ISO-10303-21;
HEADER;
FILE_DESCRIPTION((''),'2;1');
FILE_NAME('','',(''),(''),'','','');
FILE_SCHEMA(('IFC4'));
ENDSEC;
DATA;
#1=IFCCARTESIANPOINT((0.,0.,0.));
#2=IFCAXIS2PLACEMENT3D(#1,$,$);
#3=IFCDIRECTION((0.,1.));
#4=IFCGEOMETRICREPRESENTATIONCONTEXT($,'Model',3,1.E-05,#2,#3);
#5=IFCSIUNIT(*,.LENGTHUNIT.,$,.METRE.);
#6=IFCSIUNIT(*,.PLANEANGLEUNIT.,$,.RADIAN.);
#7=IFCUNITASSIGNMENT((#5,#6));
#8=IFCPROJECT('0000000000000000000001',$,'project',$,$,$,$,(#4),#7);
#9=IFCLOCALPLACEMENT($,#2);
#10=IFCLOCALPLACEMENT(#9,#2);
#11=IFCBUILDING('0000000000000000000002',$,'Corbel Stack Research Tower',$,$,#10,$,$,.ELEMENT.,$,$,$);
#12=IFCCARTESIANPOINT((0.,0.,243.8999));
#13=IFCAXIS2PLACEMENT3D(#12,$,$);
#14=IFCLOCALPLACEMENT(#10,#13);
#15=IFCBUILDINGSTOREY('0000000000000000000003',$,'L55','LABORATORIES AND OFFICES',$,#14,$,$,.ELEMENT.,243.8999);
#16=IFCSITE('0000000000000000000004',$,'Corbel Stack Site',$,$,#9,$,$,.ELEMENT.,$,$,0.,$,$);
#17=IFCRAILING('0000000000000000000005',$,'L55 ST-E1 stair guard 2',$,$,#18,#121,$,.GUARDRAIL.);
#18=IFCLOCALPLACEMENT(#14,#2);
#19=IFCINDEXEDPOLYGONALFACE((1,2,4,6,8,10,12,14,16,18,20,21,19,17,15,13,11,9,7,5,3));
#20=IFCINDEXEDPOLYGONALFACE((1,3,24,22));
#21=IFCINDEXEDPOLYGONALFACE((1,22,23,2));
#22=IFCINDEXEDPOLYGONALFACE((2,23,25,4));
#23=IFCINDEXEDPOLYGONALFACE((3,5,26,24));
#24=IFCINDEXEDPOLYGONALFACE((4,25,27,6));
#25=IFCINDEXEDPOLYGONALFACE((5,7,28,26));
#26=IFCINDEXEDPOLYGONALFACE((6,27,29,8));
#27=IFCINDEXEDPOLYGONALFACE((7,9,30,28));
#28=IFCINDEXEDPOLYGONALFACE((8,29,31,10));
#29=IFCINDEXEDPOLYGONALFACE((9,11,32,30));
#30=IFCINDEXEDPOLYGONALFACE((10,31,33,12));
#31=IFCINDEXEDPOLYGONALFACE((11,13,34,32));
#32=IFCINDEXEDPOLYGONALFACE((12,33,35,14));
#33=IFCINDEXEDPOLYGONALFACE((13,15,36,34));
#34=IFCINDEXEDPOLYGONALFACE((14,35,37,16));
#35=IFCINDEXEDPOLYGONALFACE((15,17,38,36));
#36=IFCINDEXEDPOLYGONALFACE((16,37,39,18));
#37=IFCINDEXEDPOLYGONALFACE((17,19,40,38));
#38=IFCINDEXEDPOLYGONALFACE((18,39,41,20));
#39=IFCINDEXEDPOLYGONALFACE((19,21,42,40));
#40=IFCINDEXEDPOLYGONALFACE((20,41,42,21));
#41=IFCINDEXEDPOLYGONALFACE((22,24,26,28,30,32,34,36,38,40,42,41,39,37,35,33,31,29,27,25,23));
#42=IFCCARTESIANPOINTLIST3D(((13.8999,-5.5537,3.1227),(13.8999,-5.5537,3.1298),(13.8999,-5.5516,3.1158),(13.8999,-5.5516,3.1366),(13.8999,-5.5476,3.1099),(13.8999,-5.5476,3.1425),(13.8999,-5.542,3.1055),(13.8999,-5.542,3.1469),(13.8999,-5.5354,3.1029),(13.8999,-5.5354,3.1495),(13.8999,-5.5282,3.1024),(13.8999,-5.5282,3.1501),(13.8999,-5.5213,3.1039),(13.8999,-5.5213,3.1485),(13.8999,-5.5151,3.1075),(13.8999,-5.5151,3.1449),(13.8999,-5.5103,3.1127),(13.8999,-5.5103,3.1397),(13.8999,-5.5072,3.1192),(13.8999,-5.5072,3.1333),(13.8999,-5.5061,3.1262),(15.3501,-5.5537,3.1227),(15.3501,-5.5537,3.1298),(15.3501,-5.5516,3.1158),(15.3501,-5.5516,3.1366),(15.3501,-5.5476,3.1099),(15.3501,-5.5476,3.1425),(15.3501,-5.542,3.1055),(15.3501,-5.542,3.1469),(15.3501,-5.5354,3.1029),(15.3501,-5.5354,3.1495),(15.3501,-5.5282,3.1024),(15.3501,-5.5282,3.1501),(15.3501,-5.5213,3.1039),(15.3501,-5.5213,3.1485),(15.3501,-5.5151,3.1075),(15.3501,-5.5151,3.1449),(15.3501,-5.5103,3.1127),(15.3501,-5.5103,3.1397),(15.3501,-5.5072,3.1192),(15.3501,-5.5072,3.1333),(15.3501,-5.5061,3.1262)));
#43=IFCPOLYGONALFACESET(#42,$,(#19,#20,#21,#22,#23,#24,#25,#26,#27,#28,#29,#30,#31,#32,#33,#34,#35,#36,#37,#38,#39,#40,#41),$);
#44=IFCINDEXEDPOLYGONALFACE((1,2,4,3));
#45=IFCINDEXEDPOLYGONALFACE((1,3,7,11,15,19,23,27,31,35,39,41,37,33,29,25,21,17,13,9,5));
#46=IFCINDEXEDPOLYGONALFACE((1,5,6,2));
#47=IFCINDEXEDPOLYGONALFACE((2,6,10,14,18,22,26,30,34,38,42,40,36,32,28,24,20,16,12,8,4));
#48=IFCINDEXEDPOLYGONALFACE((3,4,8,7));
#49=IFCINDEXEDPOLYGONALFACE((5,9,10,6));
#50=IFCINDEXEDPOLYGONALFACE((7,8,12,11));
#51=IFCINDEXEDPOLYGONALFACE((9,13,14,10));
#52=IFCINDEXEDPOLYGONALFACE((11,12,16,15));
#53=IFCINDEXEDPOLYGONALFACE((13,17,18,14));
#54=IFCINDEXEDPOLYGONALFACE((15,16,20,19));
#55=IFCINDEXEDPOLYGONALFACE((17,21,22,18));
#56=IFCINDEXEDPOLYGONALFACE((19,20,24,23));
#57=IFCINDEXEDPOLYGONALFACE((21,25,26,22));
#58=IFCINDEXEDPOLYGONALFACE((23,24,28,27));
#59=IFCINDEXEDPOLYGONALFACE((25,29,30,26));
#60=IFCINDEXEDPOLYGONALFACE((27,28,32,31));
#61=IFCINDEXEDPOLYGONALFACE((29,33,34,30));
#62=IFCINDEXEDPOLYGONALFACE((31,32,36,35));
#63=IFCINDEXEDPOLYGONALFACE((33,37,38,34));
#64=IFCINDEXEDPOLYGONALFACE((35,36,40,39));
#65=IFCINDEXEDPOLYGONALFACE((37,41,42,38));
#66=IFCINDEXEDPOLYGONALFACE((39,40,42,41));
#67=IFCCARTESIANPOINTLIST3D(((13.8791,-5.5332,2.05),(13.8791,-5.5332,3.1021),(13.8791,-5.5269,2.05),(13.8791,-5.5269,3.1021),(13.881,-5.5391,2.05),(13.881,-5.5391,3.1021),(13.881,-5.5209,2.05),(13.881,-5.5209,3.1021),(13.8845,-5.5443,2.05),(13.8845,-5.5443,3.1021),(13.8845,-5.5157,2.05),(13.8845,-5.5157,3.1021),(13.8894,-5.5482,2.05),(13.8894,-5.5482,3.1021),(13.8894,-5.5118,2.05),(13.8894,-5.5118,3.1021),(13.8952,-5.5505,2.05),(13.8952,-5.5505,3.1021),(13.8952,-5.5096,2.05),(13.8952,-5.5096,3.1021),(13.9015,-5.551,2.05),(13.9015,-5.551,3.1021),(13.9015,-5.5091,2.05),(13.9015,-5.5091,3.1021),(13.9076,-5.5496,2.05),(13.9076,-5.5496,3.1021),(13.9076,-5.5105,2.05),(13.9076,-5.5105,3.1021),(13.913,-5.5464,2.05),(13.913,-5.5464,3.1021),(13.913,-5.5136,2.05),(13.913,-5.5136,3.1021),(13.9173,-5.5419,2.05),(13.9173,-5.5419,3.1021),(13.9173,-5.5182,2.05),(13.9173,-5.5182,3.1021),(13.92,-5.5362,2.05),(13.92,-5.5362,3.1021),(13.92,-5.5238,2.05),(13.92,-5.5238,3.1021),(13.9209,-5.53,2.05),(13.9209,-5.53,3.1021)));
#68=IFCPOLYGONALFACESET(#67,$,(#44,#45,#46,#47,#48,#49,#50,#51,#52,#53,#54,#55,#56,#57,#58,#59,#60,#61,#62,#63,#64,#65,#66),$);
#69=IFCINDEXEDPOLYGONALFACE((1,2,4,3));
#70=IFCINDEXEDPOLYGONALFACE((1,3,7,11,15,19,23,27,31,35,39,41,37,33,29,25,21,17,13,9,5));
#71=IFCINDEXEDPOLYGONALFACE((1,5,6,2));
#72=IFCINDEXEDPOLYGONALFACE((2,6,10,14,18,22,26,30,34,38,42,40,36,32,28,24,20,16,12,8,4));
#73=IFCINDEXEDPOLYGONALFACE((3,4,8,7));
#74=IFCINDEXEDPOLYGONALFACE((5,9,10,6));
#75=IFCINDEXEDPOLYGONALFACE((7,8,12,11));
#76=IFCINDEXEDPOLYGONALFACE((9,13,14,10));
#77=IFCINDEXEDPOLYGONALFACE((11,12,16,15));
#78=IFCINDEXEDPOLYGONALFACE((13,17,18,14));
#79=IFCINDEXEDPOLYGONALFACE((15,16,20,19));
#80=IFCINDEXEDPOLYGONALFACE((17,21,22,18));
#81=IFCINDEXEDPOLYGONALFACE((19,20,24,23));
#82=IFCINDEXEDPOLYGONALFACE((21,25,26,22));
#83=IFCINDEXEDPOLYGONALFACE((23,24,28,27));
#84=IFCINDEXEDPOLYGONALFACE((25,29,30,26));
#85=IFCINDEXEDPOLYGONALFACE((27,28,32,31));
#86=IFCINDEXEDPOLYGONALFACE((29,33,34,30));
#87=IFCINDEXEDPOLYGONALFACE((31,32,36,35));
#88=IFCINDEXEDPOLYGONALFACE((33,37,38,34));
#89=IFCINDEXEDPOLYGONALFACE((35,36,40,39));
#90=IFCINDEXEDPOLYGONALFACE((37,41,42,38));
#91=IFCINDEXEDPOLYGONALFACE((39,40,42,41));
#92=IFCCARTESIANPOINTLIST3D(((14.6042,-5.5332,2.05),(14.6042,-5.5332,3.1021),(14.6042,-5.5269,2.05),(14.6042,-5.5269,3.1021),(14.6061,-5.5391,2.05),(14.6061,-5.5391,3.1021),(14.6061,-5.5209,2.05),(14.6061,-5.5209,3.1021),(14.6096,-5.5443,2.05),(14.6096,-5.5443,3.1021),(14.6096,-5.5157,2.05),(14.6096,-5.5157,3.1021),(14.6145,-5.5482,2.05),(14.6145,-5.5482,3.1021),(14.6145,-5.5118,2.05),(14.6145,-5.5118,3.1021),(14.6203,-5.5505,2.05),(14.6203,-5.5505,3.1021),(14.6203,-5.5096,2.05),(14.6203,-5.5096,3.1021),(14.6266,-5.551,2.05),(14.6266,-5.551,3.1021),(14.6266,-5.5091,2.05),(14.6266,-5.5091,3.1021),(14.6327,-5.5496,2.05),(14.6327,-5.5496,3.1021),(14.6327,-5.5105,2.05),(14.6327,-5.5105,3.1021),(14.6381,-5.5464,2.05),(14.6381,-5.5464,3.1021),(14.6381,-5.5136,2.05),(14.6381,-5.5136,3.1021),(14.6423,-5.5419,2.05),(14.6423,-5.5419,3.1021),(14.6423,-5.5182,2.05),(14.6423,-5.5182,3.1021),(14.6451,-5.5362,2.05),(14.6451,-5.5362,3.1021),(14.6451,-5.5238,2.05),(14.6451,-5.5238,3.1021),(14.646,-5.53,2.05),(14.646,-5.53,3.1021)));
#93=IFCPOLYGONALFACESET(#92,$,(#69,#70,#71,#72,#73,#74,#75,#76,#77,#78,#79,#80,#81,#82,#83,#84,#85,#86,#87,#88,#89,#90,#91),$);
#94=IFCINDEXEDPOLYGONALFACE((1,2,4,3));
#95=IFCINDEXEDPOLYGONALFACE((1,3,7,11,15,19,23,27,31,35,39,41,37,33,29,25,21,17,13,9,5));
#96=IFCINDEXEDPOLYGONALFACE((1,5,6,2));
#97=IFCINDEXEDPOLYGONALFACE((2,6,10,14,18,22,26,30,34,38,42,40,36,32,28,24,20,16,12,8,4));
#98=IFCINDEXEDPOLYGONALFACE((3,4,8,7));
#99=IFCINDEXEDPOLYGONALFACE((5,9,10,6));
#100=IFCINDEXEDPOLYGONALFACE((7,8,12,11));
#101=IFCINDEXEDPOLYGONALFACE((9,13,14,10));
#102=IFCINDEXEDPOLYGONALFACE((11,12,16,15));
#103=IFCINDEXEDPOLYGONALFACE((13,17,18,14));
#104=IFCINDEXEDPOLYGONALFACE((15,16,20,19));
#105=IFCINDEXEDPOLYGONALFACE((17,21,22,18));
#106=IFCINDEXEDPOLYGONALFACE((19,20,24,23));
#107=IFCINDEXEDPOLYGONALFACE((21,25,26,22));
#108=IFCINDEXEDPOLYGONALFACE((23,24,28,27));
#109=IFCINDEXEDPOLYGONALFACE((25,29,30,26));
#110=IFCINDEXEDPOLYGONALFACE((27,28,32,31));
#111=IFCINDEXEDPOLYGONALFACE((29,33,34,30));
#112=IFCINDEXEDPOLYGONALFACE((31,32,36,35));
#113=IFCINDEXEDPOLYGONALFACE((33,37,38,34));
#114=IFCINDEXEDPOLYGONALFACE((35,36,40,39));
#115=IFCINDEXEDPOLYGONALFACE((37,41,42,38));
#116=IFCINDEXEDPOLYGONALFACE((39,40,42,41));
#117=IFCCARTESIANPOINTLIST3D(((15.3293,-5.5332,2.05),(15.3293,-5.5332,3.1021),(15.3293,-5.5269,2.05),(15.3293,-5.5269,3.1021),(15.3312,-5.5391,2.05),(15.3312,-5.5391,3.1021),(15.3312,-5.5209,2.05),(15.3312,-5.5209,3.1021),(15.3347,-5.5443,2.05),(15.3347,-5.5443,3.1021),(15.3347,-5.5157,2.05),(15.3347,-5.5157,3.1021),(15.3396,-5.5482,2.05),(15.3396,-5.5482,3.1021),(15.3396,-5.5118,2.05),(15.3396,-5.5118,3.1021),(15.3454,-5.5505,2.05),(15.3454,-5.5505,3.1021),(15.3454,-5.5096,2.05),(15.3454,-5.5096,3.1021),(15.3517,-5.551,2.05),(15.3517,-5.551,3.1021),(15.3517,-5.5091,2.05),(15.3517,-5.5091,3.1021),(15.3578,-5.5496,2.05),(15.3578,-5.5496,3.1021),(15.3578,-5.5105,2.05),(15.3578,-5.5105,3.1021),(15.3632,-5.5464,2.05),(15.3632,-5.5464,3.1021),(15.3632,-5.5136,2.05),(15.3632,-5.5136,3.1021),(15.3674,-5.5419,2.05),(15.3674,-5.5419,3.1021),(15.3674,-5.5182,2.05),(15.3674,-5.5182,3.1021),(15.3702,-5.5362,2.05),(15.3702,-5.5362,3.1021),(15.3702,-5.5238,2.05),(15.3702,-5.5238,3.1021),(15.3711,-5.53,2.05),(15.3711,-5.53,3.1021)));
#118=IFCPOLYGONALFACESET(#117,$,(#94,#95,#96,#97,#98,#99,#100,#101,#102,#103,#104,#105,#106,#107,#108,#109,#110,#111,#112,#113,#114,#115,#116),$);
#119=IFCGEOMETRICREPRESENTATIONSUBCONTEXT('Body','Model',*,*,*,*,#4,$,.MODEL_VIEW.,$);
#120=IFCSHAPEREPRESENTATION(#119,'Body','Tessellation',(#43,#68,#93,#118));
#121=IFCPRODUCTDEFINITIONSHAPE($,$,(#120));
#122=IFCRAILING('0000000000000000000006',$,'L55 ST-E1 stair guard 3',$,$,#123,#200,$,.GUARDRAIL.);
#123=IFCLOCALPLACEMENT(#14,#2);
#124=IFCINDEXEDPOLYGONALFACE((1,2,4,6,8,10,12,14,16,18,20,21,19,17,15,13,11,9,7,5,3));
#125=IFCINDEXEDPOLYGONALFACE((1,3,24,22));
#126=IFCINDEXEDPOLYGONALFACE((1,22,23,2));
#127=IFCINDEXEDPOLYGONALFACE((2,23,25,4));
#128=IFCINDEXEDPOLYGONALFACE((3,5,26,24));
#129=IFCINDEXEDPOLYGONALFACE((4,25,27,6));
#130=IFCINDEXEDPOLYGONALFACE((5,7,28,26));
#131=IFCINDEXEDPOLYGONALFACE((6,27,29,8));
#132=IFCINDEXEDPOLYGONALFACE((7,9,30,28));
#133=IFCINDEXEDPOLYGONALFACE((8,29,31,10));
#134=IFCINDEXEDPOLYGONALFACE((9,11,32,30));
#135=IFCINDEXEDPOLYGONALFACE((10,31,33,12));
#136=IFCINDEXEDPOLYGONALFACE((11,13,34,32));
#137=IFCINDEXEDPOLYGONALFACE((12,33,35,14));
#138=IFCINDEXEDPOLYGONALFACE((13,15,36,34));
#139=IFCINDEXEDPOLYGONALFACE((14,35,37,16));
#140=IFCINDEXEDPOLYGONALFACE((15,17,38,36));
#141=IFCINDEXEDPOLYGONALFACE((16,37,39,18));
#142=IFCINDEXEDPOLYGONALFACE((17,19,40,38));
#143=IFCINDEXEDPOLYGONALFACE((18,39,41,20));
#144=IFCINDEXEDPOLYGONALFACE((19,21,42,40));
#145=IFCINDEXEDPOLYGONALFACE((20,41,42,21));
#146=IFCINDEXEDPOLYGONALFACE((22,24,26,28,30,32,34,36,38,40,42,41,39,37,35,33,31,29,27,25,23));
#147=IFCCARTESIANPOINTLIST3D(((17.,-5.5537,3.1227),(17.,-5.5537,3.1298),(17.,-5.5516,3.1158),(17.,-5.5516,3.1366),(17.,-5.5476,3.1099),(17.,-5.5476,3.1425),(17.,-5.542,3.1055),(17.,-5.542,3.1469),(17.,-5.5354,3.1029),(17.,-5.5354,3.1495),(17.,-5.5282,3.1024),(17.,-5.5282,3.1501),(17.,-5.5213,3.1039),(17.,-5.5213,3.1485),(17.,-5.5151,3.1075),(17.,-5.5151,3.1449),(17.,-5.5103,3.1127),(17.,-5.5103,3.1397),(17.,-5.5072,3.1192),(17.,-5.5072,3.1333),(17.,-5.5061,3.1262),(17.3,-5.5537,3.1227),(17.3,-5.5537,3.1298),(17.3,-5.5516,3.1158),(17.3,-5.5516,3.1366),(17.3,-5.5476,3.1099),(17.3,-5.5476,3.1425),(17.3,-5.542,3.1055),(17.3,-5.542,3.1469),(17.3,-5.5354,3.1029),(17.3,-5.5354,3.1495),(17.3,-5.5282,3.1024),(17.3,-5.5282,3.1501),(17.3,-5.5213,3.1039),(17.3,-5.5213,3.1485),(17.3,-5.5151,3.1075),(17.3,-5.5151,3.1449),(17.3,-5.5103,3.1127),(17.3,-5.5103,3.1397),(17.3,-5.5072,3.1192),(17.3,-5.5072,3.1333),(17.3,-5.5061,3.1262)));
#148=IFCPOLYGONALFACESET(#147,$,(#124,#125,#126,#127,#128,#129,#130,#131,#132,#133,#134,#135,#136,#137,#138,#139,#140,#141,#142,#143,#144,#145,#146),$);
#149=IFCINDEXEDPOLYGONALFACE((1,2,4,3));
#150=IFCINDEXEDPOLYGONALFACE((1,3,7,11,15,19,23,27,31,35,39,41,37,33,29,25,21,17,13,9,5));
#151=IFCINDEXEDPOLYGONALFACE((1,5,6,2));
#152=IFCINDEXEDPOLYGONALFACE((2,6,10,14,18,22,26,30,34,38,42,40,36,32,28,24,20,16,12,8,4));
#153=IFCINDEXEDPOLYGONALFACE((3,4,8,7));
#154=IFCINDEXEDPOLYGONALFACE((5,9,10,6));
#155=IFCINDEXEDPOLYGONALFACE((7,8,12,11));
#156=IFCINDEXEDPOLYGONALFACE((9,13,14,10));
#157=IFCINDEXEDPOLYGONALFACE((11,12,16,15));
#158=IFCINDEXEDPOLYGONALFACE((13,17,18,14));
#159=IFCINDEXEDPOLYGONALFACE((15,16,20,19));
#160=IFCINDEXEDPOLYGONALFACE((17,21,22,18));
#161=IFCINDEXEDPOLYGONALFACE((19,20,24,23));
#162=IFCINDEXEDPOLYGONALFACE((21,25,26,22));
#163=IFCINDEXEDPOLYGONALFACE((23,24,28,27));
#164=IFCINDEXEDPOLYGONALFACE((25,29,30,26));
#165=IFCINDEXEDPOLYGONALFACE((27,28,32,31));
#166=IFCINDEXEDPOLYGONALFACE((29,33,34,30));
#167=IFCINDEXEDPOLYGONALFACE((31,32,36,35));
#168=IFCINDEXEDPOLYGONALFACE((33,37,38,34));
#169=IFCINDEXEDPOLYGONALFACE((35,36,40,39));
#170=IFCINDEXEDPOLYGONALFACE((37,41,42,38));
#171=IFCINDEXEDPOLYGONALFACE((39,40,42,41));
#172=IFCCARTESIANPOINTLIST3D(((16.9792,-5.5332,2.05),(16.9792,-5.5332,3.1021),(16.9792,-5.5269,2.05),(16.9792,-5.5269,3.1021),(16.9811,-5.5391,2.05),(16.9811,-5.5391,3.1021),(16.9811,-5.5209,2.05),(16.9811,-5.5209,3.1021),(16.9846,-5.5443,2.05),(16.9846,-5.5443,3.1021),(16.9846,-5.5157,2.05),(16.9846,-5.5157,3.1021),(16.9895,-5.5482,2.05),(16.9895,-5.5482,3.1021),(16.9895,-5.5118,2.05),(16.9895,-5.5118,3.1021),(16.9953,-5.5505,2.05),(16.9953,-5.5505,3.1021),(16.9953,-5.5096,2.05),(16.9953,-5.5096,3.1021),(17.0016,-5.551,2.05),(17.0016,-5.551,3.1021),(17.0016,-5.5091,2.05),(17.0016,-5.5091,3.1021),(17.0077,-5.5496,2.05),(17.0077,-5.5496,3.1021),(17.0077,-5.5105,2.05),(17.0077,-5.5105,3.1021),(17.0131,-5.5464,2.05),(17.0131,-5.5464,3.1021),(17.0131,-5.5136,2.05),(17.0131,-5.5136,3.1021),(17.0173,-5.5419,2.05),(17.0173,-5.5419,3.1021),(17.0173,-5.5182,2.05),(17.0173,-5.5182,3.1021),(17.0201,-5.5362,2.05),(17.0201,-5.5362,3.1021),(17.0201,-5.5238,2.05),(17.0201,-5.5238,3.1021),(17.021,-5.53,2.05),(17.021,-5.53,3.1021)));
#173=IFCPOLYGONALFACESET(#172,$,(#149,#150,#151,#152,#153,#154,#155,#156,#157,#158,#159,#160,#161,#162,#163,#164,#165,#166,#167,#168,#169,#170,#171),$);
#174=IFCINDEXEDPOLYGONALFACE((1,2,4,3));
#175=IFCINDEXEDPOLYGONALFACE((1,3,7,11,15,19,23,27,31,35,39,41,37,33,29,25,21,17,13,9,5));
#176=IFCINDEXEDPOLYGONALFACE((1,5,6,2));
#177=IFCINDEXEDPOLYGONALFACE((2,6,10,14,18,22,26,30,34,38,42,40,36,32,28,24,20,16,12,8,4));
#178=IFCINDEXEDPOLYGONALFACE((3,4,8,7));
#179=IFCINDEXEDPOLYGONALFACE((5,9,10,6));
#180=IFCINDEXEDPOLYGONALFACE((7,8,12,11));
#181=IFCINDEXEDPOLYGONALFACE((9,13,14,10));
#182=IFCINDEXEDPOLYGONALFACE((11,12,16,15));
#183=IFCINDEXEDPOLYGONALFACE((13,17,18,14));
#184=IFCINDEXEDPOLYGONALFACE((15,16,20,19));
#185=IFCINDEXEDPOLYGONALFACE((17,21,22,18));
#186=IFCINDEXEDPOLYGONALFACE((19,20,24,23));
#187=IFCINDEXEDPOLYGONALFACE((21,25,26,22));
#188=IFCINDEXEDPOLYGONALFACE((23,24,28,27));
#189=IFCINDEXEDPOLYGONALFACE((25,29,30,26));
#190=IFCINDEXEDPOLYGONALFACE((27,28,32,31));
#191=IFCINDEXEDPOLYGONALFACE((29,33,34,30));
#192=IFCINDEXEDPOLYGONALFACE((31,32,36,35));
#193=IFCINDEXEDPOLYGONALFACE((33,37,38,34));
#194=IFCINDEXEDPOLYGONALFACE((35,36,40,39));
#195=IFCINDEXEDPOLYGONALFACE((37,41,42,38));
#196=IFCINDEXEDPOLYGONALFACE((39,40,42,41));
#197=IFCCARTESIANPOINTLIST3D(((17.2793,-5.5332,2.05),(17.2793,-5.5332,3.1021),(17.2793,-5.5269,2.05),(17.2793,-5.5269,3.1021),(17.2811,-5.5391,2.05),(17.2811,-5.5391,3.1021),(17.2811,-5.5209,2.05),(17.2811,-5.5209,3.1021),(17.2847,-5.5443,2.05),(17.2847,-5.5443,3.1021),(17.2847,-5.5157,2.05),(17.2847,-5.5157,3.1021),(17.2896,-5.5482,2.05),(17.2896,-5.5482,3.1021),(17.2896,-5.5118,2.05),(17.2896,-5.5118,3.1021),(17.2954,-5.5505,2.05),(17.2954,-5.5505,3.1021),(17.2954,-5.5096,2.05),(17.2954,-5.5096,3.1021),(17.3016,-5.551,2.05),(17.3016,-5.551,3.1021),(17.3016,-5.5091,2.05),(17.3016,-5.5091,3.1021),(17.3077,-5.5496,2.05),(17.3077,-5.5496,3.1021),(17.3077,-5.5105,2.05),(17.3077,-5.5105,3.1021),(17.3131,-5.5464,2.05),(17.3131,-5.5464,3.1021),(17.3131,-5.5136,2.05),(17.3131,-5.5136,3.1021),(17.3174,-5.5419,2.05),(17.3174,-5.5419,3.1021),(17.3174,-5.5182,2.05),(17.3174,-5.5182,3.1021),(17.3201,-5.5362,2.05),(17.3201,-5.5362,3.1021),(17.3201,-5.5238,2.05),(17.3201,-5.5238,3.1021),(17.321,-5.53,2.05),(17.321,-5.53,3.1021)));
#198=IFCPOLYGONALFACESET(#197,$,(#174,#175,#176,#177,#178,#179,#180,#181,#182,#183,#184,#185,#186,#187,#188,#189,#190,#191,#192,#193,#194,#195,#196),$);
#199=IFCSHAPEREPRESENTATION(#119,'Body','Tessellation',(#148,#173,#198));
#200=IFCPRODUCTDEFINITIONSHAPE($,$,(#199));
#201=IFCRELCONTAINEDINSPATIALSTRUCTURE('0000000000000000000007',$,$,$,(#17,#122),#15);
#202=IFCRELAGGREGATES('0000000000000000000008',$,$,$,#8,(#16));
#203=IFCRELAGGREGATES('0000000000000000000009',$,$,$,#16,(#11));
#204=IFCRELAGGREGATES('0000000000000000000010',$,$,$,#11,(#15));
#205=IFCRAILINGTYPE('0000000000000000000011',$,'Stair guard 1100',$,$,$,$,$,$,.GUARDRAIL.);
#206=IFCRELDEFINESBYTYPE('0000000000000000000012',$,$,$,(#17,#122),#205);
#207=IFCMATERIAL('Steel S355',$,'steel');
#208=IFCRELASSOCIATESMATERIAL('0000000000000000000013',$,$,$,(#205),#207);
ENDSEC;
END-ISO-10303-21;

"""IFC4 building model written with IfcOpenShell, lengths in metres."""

from ifc_helpers import new_model, si_unit, direction, frame, origin, origin_2d, place, context, subcontext, project, spatial, circle, extrude, material, type_object, element, save


model = new_model("IFC4")

# Units and contexts
model_context = context("Model", 3, precision=1e-05, world=origin(), true_north=direction((0.0, 1.0)))
body_context = subcontext(model_context, "Body", "Model", "MODEL_VIEW")
ifc_project = project(units=[si_unit("LENGTHUNIT", "METRE"), si_unit("PLANEANGLEUNIT", "RADIAN")], contexts=[model_context])

# Site, building, storey
site_placement = place(None, origin())
site = spatial("IfcSite", under=ifc_project, at=site_placement, Name="Corbel Stack Site", CompositionType="ELEMENT", RefElevation=0.0)
building_placement = place(site_placement, origin())
building = spatial("IfcBuilding", under=site, at=building_placement, Name="Corbel Stack Research Tower", CompositionType="ELEMENT")
storey_placement = place(building_placement, frame((0.0, 0.0, 243.8999)))
storey = spatial("IfcBuildingStorey", under=building, at=storey_placement, Name="L55", Description="LABORATORIES AND OFFICES", CompositionType="ELEMENT", Elevation=243.8999)

# Railings
ifc_material_1 = material(Name="Steel S355", Category="steel")
railing_type_1 = type_object("IfcRailingType", Name="Stair guard 1100", PredefinedType="GUARDRAIL", material=ifc_material_1)
railing_1_placement = place(storey_placement, frame((13.8999, -5.53, 2.05)))
element("IfcRailing", 1, at=railing_1_placement, inside=storey, type_object=railing_type_1, Name="L55 ST-E1 stair guard 2", PredefinedType="GUARDRAIL", context=body_context, shape_type="SweptSolid", body=[
    extrude(circle(Radius=0.0239, at=origin_2d()), frame((0.0, 0.0, 1.0762), z_axis=(1.0, 0.0, 0.0), x_axis=(0.0, 1.0, 0.0)), (0.0, 0.0, 1.0), 1.4502),
    extrude(circle(Radius=0.021, at=origin_2d()), origin(), (0.0, 0.0, 1.0), 1.052),
    extrude(circle(Radius=0.021, at=origin_2d()), frame((0.7251, 0.0, 0.0)), (0.0, 0.0, 1.0), 1.052),
    extrude(circle(Radius=0.021, at=origin_2d()), frame((1.4502, 0.0, 0.0)), (0.0, 0.0, 1.0), 1.052),
])
railing_2_placement = place(storey_placement, frame((17.0, -5.53, 2.05)))
element("IfcRailing", 2, at=railing_2_placement, inside=storey, type_object=railing_type_1, Name="L55 ST-E1 stair guard 3", PredefinedType="GUARDRAIL", context=body_context, shape_type="SweptSolid", body=[
    extrude(circle(Radius=0.0239, at=origin_2d()), frame((0.0, 0.0, 1.0762), z_axis=(1.0, 0.0, 0.0), x_axis=(0.0, 1.0, 0.0)), (0.0, 0.0, 1.0), 0.3),
    extrude(circle(Radius=0.021, at=origin_2d()), origin(), (0.0, 0.0, 1.0), 1.052),
    extrude(circle(Radius=0.021, at=origin_2d()), frame((0.3, 0.0, 0.0)), (0.0, 0.0, 1.0), 1.052),
])

save(model, "model.ifc")
